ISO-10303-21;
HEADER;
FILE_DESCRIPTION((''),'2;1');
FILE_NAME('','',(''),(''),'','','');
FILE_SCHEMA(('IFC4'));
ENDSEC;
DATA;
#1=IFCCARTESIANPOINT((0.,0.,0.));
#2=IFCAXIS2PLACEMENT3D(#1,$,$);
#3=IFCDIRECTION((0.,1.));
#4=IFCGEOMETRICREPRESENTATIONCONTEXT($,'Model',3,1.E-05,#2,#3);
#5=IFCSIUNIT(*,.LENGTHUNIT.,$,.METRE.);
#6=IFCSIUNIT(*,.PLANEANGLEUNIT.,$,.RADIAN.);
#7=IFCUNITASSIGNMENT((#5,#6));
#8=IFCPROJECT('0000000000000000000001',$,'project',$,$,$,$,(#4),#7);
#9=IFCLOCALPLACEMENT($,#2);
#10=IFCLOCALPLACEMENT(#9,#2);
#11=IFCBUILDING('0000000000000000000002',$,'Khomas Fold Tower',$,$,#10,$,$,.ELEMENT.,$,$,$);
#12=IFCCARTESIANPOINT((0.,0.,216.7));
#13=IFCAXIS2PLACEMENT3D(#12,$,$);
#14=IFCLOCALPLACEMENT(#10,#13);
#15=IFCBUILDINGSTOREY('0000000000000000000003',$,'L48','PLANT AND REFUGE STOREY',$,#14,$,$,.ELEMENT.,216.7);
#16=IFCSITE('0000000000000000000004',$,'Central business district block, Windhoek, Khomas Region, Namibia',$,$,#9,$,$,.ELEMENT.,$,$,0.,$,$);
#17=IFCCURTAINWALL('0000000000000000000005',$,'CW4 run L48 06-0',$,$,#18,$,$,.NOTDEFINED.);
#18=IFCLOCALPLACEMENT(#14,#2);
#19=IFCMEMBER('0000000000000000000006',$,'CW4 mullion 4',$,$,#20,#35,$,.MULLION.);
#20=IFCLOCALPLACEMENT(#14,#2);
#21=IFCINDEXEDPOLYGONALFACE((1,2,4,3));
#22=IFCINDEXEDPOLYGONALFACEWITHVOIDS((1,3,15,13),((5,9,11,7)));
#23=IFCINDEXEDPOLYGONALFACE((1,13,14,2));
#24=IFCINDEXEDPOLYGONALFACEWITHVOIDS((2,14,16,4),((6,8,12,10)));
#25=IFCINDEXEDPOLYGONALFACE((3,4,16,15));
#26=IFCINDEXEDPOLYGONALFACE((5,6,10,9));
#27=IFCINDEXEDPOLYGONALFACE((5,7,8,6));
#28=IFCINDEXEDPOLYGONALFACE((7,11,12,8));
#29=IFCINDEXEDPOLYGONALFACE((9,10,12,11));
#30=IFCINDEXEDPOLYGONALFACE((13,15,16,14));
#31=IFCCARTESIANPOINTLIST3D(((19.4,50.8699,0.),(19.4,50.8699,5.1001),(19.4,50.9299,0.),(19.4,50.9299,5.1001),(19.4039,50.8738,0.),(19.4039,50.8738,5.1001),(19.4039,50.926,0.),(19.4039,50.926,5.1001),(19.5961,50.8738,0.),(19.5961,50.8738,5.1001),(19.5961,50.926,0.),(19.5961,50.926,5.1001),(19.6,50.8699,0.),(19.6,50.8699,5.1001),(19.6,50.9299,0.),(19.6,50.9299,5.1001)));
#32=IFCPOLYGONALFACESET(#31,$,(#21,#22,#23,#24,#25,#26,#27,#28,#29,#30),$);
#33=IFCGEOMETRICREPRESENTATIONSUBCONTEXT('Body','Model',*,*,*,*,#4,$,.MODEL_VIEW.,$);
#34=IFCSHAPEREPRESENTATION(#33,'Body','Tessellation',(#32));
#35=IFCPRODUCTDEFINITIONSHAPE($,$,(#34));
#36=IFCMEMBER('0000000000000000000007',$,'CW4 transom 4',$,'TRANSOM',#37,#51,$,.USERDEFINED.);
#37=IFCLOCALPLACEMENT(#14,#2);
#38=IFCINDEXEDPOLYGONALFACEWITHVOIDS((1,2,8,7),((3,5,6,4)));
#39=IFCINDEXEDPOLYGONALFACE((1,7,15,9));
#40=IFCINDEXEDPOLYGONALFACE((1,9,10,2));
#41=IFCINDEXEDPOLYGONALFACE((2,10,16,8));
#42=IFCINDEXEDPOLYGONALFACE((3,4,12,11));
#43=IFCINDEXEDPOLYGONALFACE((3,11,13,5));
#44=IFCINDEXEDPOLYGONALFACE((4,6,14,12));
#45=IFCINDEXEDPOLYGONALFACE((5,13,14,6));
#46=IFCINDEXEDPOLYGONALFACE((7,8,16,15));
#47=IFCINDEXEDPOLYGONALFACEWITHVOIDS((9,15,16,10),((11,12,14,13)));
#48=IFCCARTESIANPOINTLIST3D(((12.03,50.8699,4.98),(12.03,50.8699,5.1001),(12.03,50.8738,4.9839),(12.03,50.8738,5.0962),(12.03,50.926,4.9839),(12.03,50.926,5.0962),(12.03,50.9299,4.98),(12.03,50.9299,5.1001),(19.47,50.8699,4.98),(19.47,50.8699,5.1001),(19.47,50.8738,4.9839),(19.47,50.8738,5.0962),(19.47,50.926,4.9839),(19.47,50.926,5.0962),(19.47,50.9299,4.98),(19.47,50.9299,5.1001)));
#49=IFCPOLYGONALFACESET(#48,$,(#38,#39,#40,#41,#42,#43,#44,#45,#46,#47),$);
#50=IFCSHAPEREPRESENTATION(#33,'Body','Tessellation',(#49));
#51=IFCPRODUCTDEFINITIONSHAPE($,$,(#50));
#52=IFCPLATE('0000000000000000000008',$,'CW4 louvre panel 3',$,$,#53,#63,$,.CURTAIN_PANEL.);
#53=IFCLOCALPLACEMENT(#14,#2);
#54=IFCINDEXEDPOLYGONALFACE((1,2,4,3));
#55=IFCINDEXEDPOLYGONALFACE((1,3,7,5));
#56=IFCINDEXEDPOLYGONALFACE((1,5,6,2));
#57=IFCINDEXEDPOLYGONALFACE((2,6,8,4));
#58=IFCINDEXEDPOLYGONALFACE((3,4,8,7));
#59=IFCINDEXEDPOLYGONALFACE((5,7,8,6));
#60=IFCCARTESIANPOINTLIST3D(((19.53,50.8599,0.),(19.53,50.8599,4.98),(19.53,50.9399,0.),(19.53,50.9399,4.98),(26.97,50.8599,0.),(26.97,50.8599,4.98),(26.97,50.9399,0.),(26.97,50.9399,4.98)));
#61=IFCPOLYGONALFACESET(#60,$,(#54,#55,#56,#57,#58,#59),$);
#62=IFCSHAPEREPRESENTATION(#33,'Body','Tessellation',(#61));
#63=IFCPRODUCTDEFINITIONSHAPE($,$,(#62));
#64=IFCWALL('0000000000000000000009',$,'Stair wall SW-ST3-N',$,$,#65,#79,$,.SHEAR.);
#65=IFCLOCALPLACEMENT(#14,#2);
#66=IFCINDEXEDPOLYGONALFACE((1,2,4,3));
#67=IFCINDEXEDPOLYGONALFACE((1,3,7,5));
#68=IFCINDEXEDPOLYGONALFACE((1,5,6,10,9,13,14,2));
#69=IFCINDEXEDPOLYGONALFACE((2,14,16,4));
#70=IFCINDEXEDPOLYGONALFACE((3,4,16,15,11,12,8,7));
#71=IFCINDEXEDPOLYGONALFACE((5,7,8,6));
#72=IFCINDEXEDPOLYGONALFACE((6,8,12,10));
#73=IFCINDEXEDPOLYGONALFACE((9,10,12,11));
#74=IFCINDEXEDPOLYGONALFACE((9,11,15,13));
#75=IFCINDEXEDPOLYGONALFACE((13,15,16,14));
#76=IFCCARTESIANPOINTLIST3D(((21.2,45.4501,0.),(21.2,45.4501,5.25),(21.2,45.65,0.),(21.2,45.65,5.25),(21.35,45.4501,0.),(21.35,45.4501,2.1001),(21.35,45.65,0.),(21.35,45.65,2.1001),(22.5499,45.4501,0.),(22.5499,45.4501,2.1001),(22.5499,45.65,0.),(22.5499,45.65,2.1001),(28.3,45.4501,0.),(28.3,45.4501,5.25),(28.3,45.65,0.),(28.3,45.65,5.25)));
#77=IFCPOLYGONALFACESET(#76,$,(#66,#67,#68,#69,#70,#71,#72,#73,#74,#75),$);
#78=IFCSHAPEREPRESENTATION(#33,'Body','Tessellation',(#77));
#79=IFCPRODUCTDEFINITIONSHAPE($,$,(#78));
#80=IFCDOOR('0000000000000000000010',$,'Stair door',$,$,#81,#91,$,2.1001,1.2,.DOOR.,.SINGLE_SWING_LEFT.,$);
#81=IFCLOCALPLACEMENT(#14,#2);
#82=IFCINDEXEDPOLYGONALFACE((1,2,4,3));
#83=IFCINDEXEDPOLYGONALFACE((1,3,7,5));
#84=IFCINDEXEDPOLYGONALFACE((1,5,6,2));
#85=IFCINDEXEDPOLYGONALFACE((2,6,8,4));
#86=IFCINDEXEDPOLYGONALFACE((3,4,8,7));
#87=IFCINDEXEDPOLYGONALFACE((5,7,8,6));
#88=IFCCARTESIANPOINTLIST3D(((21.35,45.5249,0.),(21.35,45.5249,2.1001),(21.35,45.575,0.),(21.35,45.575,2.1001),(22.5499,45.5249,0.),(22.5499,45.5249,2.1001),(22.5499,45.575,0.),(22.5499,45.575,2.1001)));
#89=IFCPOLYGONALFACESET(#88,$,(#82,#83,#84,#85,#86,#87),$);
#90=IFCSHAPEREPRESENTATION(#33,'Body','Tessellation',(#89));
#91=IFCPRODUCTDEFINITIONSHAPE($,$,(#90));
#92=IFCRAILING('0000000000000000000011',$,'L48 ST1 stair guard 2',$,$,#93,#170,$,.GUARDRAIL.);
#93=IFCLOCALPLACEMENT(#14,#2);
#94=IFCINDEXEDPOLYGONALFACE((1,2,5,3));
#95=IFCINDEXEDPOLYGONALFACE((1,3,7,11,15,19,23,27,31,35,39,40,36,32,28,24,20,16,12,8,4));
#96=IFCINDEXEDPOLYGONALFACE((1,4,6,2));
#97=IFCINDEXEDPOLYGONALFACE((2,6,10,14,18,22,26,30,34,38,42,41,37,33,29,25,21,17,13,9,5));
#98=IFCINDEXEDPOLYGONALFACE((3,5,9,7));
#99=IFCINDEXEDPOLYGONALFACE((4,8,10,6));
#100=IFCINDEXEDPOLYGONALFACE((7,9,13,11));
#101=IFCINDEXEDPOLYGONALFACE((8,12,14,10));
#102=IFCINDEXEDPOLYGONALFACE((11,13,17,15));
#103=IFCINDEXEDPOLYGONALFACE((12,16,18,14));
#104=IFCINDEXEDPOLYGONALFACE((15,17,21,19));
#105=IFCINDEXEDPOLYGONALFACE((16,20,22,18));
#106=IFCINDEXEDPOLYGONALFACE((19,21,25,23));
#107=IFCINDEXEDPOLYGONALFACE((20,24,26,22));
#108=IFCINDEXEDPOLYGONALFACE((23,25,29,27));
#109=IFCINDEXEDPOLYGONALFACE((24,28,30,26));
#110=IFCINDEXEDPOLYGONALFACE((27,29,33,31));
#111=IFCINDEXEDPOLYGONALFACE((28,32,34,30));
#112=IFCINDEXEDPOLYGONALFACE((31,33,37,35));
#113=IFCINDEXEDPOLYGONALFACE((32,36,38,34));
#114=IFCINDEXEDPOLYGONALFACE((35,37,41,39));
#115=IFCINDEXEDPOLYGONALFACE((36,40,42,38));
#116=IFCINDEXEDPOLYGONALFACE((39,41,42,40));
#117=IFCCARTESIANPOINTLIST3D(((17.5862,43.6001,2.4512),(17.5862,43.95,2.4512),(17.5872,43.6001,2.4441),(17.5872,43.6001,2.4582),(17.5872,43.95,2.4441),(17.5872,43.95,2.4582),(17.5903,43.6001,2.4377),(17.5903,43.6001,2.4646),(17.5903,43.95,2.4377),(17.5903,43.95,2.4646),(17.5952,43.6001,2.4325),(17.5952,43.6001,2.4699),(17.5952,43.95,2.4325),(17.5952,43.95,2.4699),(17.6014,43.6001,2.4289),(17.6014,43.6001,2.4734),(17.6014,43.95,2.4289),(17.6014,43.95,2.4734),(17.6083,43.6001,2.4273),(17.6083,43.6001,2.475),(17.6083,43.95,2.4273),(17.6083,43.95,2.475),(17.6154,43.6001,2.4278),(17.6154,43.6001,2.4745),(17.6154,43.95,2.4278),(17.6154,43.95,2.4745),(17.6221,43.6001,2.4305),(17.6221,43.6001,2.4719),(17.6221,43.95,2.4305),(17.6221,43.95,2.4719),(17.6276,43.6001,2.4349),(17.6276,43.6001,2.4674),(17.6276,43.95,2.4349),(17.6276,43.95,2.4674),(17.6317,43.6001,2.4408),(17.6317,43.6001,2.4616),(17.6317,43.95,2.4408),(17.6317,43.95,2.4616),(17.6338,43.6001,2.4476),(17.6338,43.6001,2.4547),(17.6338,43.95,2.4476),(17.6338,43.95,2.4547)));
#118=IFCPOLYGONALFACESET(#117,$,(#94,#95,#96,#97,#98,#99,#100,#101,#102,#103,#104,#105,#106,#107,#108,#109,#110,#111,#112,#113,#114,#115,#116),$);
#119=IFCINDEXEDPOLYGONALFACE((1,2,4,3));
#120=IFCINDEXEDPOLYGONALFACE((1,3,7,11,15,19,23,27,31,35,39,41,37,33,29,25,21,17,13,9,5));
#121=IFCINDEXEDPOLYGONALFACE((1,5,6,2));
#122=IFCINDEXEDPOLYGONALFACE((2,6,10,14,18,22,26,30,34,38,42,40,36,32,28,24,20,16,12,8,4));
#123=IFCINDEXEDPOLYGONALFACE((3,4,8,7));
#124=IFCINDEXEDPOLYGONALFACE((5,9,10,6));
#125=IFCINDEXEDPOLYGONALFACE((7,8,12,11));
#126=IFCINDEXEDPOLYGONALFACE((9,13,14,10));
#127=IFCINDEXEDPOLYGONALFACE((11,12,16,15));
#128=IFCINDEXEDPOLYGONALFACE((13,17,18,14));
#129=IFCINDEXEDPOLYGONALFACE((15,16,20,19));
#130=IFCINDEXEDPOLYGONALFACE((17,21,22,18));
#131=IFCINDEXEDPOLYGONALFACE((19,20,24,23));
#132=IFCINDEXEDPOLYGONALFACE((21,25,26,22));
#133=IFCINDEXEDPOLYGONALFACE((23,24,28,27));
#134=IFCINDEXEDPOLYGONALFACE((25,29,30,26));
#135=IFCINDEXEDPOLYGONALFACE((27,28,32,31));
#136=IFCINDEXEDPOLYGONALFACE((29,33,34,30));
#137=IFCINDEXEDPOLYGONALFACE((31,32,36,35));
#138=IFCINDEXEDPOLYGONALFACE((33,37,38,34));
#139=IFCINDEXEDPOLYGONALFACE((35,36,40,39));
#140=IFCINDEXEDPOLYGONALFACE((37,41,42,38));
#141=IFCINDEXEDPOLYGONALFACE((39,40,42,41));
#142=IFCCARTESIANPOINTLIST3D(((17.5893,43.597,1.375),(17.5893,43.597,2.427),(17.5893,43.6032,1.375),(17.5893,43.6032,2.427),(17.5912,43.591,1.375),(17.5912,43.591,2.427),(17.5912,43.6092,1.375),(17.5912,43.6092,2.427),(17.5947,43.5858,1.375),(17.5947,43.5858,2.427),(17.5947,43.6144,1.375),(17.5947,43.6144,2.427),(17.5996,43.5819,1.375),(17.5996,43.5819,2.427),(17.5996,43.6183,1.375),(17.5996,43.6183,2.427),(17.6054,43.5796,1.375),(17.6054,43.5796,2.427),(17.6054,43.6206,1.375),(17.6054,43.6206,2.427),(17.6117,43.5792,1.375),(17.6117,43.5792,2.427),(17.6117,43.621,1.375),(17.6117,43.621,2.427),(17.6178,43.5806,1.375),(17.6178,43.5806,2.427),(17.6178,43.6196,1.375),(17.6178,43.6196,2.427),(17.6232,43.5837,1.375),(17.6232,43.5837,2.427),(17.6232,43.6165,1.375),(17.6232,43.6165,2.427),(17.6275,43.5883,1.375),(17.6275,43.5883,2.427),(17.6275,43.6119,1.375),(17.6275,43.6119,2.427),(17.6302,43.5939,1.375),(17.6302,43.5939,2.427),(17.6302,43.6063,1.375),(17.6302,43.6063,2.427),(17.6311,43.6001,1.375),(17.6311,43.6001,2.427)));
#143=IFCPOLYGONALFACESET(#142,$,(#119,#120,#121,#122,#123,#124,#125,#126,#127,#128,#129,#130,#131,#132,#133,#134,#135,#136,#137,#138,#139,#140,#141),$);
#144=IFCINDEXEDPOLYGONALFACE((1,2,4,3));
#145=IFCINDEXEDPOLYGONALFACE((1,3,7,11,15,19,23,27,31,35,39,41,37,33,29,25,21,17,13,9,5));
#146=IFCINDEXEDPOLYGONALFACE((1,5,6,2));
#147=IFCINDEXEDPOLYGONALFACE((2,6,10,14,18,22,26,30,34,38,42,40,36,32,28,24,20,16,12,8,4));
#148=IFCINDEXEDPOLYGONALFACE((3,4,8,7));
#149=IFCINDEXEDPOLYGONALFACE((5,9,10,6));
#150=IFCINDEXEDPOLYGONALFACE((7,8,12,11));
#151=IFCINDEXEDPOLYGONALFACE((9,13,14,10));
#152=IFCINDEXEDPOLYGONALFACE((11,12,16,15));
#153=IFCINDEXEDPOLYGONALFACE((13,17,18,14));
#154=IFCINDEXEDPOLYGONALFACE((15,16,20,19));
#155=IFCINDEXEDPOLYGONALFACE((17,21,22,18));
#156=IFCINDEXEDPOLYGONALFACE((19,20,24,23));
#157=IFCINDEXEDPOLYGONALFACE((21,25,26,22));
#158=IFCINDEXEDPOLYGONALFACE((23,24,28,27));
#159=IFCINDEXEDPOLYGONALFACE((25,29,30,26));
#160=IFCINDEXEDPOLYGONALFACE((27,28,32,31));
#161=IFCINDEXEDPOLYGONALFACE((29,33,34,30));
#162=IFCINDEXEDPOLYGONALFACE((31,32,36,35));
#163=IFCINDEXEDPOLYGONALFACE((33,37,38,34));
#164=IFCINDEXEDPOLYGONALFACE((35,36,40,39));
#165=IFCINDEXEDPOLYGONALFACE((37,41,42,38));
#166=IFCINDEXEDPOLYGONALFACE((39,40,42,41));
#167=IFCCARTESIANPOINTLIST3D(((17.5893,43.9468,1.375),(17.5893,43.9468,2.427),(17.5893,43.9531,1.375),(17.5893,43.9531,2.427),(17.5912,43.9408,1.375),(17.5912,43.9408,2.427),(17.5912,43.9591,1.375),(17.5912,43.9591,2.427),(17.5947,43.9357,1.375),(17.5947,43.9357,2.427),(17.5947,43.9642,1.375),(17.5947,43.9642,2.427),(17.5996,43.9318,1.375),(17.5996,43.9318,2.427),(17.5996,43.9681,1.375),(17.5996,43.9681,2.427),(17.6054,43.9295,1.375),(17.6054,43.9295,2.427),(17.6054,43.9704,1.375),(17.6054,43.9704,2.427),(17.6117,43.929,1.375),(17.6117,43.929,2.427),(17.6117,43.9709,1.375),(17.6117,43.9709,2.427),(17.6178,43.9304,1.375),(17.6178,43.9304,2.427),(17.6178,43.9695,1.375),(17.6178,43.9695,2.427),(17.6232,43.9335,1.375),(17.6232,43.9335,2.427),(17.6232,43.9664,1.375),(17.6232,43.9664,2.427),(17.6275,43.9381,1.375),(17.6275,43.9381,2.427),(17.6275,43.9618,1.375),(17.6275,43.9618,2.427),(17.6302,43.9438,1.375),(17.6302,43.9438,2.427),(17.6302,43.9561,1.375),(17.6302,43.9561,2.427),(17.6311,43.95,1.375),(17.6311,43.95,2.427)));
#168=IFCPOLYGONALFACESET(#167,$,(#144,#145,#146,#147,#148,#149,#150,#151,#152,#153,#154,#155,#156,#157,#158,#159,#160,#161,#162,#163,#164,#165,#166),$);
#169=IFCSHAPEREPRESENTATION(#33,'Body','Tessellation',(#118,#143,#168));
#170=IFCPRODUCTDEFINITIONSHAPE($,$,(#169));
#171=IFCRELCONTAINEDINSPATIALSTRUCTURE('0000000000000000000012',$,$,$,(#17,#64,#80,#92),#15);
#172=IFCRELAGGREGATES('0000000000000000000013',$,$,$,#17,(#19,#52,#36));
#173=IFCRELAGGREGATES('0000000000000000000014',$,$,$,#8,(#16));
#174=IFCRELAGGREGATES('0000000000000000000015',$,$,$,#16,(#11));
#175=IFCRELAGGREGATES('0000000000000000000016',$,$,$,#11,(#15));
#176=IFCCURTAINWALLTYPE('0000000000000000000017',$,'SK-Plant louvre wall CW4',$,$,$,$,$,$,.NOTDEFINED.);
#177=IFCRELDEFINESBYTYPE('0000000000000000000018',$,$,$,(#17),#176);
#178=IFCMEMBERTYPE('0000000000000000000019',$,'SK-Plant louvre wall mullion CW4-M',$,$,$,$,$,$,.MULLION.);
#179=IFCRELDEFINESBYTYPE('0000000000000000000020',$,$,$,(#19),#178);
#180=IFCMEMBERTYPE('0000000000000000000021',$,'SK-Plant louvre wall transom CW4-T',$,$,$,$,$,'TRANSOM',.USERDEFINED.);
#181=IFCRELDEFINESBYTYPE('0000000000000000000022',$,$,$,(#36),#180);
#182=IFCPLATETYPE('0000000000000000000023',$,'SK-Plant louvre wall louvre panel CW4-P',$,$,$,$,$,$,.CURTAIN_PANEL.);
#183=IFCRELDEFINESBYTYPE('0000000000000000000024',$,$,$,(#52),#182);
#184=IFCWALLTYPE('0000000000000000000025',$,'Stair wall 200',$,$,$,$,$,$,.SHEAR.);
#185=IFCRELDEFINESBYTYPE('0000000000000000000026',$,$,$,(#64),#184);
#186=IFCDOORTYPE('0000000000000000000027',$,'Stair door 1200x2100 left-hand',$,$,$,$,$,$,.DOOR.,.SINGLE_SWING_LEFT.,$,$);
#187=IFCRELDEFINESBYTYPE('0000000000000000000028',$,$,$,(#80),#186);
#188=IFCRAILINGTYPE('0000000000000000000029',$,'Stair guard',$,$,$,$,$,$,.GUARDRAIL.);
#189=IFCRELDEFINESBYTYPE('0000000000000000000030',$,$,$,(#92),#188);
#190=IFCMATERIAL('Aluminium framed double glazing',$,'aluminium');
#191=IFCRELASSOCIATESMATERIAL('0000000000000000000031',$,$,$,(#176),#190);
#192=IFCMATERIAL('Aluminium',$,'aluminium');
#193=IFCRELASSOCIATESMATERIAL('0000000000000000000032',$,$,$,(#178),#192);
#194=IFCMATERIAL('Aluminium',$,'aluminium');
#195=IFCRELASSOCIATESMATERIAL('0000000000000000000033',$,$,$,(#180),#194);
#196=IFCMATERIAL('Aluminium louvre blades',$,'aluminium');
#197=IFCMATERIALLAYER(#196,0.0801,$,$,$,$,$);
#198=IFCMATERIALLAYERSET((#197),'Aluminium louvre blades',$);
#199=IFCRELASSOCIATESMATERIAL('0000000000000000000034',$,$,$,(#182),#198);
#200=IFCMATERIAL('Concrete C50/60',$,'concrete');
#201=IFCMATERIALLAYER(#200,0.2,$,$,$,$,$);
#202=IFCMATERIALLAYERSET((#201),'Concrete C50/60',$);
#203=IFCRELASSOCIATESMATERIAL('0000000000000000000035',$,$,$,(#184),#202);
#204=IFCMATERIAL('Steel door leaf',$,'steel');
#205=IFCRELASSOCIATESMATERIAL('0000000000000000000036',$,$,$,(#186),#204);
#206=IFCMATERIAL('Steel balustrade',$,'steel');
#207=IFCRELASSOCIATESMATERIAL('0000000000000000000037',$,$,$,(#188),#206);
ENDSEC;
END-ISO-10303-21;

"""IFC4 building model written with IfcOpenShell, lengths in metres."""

from ifc_helpers import new_model, si_unit, direction, frame, frame_2d, origin, origin_2d, place, context, subcontext, project, spatial, rectangle, hollow_rectangle, circle, extrude, source, transform, mapped, material, layer, layer_set, material_profile, profile_set, type_object, element, fill, aggregate, save


model = new_model("IFC4")

# Units and contexts
model_context = context("Model", 3, precision=1e-05, world=origin(), true_north=direction((0.0, 1.0)))
body_context = subcontext(model_context, "Body", "Model", "MODEL_VIEW")
ifc_project = project(units=[si_unit("LENGTHUNIT", "METRE"), si_unit("PLANEANGLEUNIT", "RADIAN")], contexts=[model_context])

# Site, building, storey
site_placement = place(None, origin())
site = spatial("IfcSite", under=ifc_project, at=site_placement, Name="Central business district block, Windhoek, Khomas Region, Namibia", CompositionType="ELEMENT", RefElevation=0.0)
building_placement = place(site_placement, origin())
building = spatial("IfcBuilding", under=site, at=building_placement, Name="Khomas Fold Tower", CompositionType="ELEMENT")
storey_placement = place(building_placement, frame((0.0, 0.0, 216.7)))
storey = spatial("IfcBuildingStorey", under=building, at=storey_placement, Name="L48", Description="PLANT AND REFUGE STOREY", CompositionType="ELEMENT", Elevation=216.7)

# Curtain wall, members, plate
ifc_material_1 = material(Name="Aluminium framed double glazing", Category="aluminium")
curtain_wall_type = type_object("IfcCurtainWallType", Name="SK-Plant louvre wall CW4", PredefinedType="NOTDEFINED", material=ifc_material_1)
curtain_wall_placement = place(storey_placement, origin())
curtain_wall = element("IfcCurtainWall", 1, at=curtain_wall_placement, inside=storey, type_object=curtain_wall_type, Name="CW4 run L48 06-0", PredefinedType="NOTDEFINED")
ifc_material_2 = material(Name="Aluminium", Category="aluminium")
ifc_material_profile_1 = material_profile(ifc_material_2, hollow_rectangle(XDim=0.0601, YDim=0.2, WallThickness=0.0039, at=origin_2d()), Name="SK-Plant louvre wall mullion CW4-M")
ifc_profile_set_1 = profile_set([ifc_material_profile_1], Name="Aluminium")
member_type_1 = type_object("IfcMemberType", Name="SK-Plant louvre wall mullion CW4-M", PredefinedType="MULLION", material=ifc_profile_set_1)
shared_shape_1 = source(origin(), body_context, "Body", "SweptSolid", [
    extrude(hollow_rectangle(XDim=0.0601, YDim=0.2, WallThickness=0.0039, at=origin_2d()), origin(), (0.0, 0.0, 1.0), 5.1001),
])
member_1_placement = place(storey_placement, frame((19.5, 50.8999, 0.0), z_axis=(0.0, 0.0, 1.0), x_axis=(0.0, -1.0, 0.0)))
member_1 = element("IfcMember", 2, at=member_1_placement, type_object=member_type_1, Name="CW4 mullion 4", PredefinedType="MULLION", context=body_context, shape_type="MappedRepresentation", body=[
    mapped(shared_shape_1, transform((0.0, 0.0, 0.0))),
])
ifc_material_3 = material(Name="Aluminium", Category="aluminium")
ifc_material_profile_2 = material_profile(ifc_material_3, hollow_rectangle(XDim=0.0601, YDim=0.1201, WallThickness=0.0039, at=origin_2d()), Name="SK-Plant louvre wall transom CW4-T")
ifc_profile_set_2 = profile_set([ifc_material_profile_2], Name="Aluminium")
member_type_2 = type_object("IfcMemberType", Name="SK-Plant louvre wall transom CW4-T", ElementType="TRANSOM", PredefinedType="USERDEFINED", material=ifc_profile_set_2)
shared_shape_2 = source(origin(), body_context, "Body", "SweptSolid", [
    extrude(hollow_rectangle(XDim=0.0601, YDim=0.1201, WallThickness=0.0039, at=origin_2d()), origin(), (0.0, 0.0, 1.0), 7.4399),
])
member_2_placement = place(storey_placement, frame((19.47, 50.8999, 5.04), z_axis=(-1.0, 0.0, 0.0), x_axis=(0.0, -1.0, 0.0)))
member_2 = element("IfcMember", 3, at=member_2_placement, type_object=member_type_2, Name="CW4 transom 4", ObjectType="TRANSOM", PredefinedType="USERDEFINED", context=body_context, shape_type="MappedRepresentation", body=[
    mapped(shared_shape_2, transform((0.0, 0.0, 0.0))),
])
ifc_material_4 = material(Name="Aluminium louvre blades", Category="aluminium")
ifc_layer_1 = layer(ifc_material_4, 0.0801)
ifc_layer_set_1 = layer_set([ifc_layer_1], Name="Aluminium louvre blades")
plate_type = type_object("IfcPlateType", Name="SK-Plant louvre wall louvre panel CW4-P", PredefinedType="CURTAIN_PANEL", material=ifc_layer_set_1)
shared_shape_3 = source(origin(), body_context, "Body", "SweptSolid", [
    extrude(rectangle(XDim=7.4399, YDim=0.0801, at=origin_2d()), origin(), (0.0, 0.0, 1.0), 4.98),
])
plate_placement = place(storey_placement, frame((23.25, 50.8999, 0.0), z_axis=(0.0, 0.0, 1.0), x_axis=(-1.0, 0.0, 0.0)))
plate = element("IfcPlate", 4, at=plate_placement, type_object=plate_type, Name="CW4 louvre panel 3", PredefinedType="CURTAIN_PANEL", context=body_context, shape_type="MappedRepresentation", body=[
    mapped(shared_shape_3, transform((0.0, 0.0, 0.0))),
])
aggregate(curtain_wall, [member_1, plate, member_2])

# Wall, opening, door
ifc_material_5 = material(Name="Concrete C50/60", Category="concrete")
ifc_layer_2 = layer(ifc_material_5, 0.2)
ifc_layer_set_2 = layer_set([ifc_layer_2], Name="Concrete C50/60")
wall_type = type_object("IfcWallType", Name="Stair wall 200", PredefinedType="SHEAR", material=ifc_layer_set_2)
shared_shape_4 = source(origin(), body_context, "Body", "SweptSolid", [
    extrude(rectangle(XDim=7.1001, YDim=0.2, at=frame_2d((3.55, 0.0))), origin(), (0.0, 0.0, 1.0), 5.25),
])
wall_placement = place(storey_placement, frame((21.2, 45.55, 0.0), z_axis=(0.0, 0.0, 1.0), x_axis=(1.0, 0.0, 0.0)))
wall = element("IfcWall", 5, at=wall_placement, inside=storey, type_object=wall_type, Name="Stair wall SW-ST3-N", PredefinedType="SHEAR", context=body_context, shape_type="MappedRepresentation", body=[
    mapped(shared_shape_4, transform((0.0, 0.0, 0.0))),
])
shared_shape_5 = source(origin(), body_context, "Body", "SweptSolid", [
    extrude(rectangle(XDim=1.2, YDim=2.1001, at=frame_2d((0.6001, 1.05))), frame((0.0, 0.1099, 0.0), z_axis=(0.0, -1.0, 0.0), x_axis=(1.0, 0.0, 0.0)), (0.0, 0.0, 1.0), 0.22),
])
opening_placement = place(wall_placement, frame((0.1499, 0.0, 0.0)))
opening = element("IfcOpeningElement", 6, at=opening_placement, cuts=wall, PredefinedType="OPENING", context=body_context, shape_type="MappedRepresentation", body=[
    mapped(shared_shape_5, transform((0.0, 0.0, 0.0))),
])
ifc_material_6 = material(Name="Steel door leaf", Category="steel")
door_type = type_object("IfcDoorType", Name="Stair door 1200x2100 left-hand", OperationType="SINGLE_SWING_LEFT", PredefinedType="DOOR", material=ifc_material_6)
shared_shape_6 = source(origin(), body_context, "Body", "SweptSolid", [
    extrude(rectangle(XDim=1.2, YDim=2.1001, at=frame_2d((0.6001, 1.05))), frame((0.0, 0.0249, 0.0), z_axis=(0.0, -1.0, 0.0), x_axis=(1.0, 0.0, 0.0)), (0.0, 0.0, 1.0), 0.05),
])
door_placement = place(opening_placement, origin())
door = element("IfcDoor", 7, at=door_placement, inside=storey, type_object=door_type, Name="Stair door", OperationType="SINGLE_SWING_LEFT", OverallHeight=2.1001, OverallWidth=1.2, PredefinedType="DOOR", context=body_context, shape_type="MappedRepresentation", body=[
    mapped(shared_shape_6, transform((0.0, 0.0, 0.0))),
])
fill(opening, door)

# Railing
ifc_material_7 = material(Name="Steel balustrade", Category="steel")
railing_type_1 = type_object("IfcRailingType", Name="Stair guard", PredefinedType="GUARDRAIL", material=ifc_material_7)
shared_shape_7 = source(origin(), body_context, "Body", "SweptSolid", [
    extrude(circle(Radius=0.0239, at=origin_2d()), frame((0.0, 0.0, 1.0762), z_axis=(0.0, 1.0, 0.0), x_axis=(-1.0, 0.0, 0.0)), (0.0, 0.0, 1.0), 0.3499),
    extrude(circle(Radius=0.021, at=origin_2d()), origin(), (0.0, 0.0, 1.0), 1.052),
    extrude(circle(Radius=0.021, at=origin_2d()), frame((0.0, 0.3499, 0.0)), (0.0, 0.0, 1.0), 1.052),
])
for number, where, name in (
    (8, (17.6101, 43.6001, 1.375), "L48 ST1 stair guard 2"),
):
    element("IfcRailing", number, at=place(storey_placement, frame(where)), inside=storey, type_object=railing_type_1, Name=name, PredefinedType="GUARDRAIL", context=body_context, shape_type="MappedRepresentation", body=[
        mapped(shared_shape_7, transform((0.0, 0.0, 0.0))),
    ])

save(model, "model.ifc")
